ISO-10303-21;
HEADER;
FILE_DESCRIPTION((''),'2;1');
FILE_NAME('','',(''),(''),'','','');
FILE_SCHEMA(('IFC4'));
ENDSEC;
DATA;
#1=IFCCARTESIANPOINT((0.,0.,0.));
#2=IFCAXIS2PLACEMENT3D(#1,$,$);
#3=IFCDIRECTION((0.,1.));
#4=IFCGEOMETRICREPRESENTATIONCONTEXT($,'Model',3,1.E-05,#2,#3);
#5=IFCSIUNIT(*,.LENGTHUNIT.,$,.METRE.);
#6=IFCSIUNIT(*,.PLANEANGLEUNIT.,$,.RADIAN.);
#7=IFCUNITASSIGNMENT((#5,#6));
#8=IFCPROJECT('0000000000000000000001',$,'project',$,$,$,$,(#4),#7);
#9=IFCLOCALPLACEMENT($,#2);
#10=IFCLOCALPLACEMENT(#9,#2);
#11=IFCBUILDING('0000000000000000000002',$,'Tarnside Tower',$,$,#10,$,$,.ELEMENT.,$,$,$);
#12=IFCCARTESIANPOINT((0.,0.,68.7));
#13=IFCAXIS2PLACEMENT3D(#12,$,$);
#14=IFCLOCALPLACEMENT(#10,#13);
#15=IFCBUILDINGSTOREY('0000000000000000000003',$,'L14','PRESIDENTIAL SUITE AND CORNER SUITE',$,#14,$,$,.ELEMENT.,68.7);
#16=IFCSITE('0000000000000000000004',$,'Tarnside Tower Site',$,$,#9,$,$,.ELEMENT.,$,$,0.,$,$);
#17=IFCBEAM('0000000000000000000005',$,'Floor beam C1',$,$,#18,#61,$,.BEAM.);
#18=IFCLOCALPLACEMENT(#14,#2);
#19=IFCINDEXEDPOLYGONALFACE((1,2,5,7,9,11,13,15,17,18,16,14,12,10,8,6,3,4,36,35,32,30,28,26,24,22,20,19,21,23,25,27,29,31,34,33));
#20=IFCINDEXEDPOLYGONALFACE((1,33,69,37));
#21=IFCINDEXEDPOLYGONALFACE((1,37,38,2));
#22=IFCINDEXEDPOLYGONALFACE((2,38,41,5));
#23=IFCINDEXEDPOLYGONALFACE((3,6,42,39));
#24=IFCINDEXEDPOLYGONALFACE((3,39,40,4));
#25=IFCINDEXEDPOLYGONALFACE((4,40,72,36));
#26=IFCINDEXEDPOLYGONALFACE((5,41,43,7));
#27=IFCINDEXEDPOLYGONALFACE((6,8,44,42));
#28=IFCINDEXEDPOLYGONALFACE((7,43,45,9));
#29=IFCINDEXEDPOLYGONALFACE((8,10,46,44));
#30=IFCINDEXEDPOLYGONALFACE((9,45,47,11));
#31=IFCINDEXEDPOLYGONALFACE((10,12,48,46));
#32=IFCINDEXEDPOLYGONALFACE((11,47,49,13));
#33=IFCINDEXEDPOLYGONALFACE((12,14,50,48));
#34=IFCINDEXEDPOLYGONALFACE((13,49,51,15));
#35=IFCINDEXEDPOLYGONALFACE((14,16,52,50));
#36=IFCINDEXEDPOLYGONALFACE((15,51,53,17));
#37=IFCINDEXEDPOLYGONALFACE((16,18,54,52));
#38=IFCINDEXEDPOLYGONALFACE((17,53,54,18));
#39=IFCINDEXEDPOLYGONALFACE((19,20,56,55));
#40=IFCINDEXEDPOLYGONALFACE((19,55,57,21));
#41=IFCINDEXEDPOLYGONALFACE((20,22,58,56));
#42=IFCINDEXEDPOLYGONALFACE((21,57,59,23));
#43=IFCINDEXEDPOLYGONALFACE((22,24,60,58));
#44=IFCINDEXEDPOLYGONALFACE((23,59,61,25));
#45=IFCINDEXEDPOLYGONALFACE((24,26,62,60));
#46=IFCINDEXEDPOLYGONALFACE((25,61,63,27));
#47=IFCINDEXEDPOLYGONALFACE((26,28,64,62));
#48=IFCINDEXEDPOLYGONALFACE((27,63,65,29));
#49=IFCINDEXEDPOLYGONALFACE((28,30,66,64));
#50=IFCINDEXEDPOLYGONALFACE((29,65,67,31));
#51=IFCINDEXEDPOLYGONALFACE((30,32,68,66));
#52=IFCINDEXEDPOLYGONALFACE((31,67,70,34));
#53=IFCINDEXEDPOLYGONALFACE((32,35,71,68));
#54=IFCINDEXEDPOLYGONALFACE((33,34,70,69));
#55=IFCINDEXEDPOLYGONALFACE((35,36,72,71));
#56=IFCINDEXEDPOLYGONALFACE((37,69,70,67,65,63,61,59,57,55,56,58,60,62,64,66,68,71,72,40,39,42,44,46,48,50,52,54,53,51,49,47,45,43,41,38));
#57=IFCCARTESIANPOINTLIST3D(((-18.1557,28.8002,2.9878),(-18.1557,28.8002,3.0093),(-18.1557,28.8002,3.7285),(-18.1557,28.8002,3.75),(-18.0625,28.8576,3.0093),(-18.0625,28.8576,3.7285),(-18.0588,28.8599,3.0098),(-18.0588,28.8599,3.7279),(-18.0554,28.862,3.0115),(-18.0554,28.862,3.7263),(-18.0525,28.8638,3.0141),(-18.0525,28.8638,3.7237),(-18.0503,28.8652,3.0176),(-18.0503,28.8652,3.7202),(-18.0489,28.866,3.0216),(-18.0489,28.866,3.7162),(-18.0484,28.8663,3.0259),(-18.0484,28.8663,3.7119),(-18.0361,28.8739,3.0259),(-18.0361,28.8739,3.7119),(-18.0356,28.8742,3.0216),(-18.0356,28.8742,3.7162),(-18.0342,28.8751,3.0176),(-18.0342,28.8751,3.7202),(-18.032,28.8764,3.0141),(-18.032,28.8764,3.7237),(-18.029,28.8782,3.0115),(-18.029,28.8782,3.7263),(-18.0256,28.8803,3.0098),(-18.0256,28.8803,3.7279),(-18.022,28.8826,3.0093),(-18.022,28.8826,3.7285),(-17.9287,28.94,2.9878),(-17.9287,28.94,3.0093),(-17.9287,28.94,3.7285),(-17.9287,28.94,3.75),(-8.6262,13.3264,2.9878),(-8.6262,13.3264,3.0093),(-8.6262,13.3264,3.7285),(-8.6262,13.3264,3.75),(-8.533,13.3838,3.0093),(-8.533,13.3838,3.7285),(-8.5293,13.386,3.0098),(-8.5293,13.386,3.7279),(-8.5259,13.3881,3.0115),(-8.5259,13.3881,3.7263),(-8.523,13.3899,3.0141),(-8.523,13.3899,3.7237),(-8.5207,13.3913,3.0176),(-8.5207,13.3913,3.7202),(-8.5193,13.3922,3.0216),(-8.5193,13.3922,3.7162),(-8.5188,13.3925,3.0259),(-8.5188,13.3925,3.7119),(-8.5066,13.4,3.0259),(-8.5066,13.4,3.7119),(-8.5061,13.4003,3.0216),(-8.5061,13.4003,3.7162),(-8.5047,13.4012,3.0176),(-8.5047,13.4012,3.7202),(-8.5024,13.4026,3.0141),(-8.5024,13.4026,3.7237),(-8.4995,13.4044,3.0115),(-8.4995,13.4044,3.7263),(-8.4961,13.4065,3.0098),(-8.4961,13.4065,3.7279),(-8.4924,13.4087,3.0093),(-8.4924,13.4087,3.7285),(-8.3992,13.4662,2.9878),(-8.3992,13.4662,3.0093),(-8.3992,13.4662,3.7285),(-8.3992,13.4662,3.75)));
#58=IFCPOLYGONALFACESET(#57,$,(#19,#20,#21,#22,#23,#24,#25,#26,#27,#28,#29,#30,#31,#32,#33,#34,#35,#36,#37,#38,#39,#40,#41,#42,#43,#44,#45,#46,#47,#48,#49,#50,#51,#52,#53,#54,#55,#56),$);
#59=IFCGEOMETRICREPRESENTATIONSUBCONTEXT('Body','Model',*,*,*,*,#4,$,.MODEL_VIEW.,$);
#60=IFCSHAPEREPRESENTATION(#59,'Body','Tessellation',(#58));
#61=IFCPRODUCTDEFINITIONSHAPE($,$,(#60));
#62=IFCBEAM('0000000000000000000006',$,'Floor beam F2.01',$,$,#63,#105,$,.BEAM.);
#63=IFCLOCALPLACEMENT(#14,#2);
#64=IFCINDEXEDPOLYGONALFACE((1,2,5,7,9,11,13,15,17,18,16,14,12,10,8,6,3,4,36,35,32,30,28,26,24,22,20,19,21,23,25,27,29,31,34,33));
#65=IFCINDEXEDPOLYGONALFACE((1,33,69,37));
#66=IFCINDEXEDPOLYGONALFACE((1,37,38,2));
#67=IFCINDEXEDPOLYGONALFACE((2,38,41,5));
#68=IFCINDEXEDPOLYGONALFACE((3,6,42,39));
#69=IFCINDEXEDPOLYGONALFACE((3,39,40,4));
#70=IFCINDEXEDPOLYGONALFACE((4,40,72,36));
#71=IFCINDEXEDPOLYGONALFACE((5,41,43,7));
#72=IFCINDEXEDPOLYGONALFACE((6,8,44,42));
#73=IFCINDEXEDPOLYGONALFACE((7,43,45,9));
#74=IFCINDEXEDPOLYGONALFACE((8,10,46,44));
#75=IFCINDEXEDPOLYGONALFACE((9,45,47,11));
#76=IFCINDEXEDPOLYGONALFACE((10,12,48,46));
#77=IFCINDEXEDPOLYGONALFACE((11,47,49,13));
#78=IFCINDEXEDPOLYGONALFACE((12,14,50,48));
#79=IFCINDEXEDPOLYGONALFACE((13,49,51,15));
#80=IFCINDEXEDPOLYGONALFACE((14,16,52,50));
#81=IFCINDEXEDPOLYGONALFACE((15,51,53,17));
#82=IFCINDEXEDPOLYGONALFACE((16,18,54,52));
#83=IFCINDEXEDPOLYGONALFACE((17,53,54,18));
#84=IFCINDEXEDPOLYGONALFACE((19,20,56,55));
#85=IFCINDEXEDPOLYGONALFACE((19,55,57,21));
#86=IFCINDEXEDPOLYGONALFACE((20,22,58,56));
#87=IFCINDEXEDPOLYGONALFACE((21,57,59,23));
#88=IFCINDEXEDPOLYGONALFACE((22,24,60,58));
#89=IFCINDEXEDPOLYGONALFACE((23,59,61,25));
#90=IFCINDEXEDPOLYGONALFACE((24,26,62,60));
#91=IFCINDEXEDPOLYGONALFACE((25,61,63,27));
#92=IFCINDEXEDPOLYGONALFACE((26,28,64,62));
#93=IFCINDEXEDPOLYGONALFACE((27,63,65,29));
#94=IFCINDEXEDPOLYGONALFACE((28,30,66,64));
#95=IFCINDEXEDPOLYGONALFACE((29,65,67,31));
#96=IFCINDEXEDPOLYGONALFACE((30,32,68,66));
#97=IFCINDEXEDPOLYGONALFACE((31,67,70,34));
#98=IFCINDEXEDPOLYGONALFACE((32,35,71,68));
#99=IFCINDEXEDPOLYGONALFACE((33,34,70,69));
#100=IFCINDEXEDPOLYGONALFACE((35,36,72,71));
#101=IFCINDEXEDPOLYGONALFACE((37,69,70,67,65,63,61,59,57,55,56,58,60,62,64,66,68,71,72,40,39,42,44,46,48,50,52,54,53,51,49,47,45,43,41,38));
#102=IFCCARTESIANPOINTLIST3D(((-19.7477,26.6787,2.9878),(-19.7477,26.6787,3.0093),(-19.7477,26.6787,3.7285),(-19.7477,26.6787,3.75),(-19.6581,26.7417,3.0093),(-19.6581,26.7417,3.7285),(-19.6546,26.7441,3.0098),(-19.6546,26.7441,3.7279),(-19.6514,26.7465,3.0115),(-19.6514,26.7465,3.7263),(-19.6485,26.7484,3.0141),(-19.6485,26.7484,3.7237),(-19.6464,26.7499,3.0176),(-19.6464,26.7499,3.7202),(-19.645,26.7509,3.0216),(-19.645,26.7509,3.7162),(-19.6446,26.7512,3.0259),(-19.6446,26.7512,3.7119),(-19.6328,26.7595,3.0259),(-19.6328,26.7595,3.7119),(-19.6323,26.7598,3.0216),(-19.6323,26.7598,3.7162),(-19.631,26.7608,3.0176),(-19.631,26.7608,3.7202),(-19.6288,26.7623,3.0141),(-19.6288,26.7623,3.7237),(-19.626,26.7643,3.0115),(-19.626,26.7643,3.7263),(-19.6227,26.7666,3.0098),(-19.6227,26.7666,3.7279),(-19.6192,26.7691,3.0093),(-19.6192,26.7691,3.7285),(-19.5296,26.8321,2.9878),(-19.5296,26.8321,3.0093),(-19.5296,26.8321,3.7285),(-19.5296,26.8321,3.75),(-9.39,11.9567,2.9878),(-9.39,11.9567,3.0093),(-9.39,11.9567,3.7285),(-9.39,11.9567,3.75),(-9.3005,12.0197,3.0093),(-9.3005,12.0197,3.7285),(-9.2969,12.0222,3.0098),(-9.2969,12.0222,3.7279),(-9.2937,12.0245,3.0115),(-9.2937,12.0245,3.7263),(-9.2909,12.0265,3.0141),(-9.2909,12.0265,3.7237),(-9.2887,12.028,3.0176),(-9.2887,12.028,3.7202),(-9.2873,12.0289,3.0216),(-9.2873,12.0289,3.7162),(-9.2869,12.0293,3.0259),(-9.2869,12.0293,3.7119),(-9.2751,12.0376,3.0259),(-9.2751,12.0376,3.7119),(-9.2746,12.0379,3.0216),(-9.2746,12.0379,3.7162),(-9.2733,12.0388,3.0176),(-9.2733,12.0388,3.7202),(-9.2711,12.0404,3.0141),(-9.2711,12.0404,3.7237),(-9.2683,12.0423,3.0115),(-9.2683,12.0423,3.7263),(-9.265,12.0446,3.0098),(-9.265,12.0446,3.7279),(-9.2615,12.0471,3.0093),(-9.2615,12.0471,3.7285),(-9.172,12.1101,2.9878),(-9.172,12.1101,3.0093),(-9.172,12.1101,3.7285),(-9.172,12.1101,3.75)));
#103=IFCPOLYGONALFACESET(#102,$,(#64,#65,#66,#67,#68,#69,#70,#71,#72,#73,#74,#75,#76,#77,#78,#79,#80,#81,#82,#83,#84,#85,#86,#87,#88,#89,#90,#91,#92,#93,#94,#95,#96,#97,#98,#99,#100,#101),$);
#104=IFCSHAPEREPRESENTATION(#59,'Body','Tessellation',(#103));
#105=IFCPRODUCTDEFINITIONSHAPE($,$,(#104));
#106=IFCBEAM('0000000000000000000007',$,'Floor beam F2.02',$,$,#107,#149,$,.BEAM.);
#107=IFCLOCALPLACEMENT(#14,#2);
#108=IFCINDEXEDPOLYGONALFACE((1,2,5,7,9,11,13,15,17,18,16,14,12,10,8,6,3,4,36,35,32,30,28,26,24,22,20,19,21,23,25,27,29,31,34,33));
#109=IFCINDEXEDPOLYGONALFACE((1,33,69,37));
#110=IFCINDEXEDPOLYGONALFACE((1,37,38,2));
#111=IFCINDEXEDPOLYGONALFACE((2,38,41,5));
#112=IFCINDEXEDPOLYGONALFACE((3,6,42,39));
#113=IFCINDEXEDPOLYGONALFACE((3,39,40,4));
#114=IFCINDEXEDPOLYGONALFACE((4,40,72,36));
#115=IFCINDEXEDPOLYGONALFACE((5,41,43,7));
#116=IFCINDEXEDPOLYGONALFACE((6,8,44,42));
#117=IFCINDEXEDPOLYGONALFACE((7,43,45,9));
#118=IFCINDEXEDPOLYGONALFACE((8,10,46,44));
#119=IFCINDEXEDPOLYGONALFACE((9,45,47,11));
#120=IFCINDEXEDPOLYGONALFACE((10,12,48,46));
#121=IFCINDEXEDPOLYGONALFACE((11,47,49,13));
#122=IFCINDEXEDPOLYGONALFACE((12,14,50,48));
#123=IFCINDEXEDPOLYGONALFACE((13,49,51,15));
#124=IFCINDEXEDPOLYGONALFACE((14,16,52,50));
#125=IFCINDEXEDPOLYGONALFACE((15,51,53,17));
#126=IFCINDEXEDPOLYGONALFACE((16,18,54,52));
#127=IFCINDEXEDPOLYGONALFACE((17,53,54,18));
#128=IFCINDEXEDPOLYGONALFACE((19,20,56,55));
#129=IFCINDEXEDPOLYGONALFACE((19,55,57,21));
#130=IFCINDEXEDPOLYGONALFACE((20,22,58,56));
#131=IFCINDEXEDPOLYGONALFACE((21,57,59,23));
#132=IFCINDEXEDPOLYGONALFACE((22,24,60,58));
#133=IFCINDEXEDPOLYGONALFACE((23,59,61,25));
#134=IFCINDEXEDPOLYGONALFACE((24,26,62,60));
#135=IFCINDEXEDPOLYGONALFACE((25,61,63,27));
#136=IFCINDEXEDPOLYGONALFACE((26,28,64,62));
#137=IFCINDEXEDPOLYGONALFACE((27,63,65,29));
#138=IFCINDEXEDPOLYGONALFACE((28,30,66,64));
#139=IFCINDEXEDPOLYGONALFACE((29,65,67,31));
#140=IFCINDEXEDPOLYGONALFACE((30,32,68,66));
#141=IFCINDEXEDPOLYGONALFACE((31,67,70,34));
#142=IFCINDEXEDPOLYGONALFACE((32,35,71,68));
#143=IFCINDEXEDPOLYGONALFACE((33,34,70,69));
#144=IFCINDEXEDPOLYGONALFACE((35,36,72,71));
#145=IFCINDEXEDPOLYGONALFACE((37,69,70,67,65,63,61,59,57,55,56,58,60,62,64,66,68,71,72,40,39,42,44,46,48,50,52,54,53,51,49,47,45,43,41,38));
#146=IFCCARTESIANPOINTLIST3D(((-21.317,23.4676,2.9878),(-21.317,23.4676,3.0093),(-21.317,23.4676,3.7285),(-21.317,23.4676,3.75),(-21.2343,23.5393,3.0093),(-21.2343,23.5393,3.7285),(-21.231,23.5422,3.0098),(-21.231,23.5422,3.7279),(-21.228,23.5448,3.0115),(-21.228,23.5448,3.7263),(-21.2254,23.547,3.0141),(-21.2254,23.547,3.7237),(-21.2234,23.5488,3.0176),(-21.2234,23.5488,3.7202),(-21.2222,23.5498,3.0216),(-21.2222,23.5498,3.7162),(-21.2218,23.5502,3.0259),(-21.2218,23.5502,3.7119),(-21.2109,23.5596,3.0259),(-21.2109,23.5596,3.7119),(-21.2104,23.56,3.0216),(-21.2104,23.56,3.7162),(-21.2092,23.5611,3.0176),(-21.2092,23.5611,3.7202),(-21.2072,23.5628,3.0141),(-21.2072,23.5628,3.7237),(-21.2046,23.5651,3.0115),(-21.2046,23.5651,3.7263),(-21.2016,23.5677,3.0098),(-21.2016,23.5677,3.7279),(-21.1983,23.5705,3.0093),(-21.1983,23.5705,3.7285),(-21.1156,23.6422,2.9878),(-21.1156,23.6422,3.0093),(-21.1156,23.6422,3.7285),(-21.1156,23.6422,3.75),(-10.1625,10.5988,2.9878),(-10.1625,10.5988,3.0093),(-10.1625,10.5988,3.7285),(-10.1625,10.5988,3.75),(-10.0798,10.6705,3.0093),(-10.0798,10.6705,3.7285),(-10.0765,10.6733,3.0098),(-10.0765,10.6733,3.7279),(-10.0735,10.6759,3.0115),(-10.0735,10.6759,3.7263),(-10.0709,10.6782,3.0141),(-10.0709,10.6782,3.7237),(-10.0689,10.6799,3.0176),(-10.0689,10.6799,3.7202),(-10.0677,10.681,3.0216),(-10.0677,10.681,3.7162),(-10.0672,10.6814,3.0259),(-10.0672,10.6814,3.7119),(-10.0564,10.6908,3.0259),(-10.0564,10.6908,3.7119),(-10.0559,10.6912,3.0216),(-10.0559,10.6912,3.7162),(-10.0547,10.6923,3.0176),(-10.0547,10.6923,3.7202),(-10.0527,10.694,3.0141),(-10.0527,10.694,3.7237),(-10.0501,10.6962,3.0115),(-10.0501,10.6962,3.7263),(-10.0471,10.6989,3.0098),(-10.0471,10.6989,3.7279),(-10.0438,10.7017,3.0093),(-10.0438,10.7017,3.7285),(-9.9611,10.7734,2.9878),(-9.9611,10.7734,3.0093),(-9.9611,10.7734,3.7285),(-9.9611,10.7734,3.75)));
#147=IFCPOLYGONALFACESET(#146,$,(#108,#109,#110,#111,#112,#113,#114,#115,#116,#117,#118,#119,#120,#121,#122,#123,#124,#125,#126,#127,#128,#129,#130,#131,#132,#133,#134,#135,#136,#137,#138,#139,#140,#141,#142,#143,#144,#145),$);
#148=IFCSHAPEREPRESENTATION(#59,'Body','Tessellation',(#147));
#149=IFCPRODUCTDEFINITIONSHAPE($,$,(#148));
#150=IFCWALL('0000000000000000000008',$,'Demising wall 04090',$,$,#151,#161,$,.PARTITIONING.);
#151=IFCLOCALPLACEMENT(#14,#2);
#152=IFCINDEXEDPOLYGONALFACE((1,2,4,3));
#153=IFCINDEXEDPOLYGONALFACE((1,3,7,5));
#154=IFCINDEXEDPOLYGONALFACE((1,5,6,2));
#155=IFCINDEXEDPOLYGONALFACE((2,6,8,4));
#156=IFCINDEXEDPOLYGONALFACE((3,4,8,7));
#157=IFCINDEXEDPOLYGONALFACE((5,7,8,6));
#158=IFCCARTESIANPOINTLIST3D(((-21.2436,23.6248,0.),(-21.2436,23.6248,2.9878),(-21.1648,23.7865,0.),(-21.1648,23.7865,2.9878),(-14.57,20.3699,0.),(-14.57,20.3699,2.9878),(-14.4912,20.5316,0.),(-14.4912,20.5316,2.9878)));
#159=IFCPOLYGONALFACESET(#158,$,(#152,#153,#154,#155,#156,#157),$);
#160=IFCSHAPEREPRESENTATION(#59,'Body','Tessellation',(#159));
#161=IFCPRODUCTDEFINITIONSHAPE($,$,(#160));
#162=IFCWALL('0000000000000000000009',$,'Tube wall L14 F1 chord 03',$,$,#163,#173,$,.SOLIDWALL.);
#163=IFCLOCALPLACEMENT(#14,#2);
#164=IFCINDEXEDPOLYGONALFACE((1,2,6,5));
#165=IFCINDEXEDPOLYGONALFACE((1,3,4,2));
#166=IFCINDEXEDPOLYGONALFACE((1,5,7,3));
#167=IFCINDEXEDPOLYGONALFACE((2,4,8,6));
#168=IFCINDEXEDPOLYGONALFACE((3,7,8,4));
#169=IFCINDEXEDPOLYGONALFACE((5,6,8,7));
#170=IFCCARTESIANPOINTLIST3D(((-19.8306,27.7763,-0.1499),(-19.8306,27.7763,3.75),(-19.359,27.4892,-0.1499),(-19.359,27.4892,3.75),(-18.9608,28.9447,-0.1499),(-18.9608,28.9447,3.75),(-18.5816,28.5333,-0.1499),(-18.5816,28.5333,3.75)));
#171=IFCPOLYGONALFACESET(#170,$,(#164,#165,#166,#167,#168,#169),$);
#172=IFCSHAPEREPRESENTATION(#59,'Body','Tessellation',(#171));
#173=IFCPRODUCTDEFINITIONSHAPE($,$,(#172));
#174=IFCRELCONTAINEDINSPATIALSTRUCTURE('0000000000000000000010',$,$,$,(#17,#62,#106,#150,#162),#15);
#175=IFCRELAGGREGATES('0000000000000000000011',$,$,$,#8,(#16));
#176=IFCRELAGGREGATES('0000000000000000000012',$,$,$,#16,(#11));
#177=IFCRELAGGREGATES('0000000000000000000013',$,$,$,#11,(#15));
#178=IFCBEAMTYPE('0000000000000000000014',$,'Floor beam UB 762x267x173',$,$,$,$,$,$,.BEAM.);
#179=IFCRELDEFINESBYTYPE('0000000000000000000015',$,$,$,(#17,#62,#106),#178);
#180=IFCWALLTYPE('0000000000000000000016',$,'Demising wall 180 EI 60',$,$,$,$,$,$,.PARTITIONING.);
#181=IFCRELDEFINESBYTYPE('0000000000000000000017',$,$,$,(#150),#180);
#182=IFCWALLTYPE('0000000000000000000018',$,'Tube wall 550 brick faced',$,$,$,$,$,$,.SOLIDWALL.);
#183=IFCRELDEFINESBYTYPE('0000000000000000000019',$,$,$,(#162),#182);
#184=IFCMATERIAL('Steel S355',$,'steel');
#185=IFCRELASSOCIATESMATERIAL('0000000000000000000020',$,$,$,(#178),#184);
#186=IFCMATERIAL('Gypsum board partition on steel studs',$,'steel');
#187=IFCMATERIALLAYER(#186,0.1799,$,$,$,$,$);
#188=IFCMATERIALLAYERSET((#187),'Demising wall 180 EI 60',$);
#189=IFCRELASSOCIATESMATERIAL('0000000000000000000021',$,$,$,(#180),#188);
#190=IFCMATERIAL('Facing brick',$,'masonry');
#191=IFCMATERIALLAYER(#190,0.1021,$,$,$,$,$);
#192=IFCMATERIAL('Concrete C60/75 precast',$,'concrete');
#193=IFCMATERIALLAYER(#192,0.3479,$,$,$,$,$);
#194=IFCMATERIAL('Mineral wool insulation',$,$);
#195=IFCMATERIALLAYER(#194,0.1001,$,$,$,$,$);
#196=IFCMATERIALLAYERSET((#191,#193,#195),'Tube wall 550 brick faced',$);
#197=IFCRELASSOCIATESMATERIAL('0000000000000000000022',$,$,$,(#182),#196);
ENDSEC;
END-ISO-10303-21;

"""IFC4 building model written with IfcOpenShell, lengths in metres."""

from ifc_helpers import new_model, si_unit, direction, frame, frame_2d, origin, origin_2d, place, context, subcontext, project, spatial, polyline, rectangle, i_section, outline, extrude, material, layer, layer_set, material_profile, profile_set, type_object, element, save


model = new_model("IFC4")

# Units and contexts
model_context = context("Model", 3, precision=1e-05, world=origin(), true_north=direction((0.0, 1.0)))
body_context = subcontext(model_context, "Body", "Model", "MODEL_VIEW")
ifc_project = project(units=[si_unit("LENGTHUNIT", "METRE"), si_unit("PLANEANGLEUNIT", "RADIAN")], contexts=[model_context])

# Site, building, storey
site_placement = place(None, origin())
site = spatial("IfcSite", under=ifc_project, at=site_placement, Name="Tarnside Tower Site", CompositionType="ELEMENT", RefElevation=0.0)
building_placement = place(site_placement, origin())
building = spatial("IfcBuilding", under=site, at=building_placement, Name="Tarnside Tower", CompositionType="ELEMENT")
storey_placement = place(building_placement, frame((0.0, 0.0, 68.7)))
storey = spatial("IfcBuildingStorey", under=building, at=storey_placement, Name="L14", Description="PRESIDENTIAL SUITE AND CORNER SUITE", CompositionType="ELEMENT", Elevation=68.7)

# Beams
ifc_material_1 = material(Name="Steel S355", Category="steel")
ifc_material_profile = material_profile(ifc_material_1, i_section(OverallWidth=0.2666, OverallDepth=0.7622, WebThickness=0.0144, FlangeThickness=0.0215, FilletRadius=0.0166, at=origin_2d()), Name="UB 762x267x173")
ifc_profile_set = profile_set([ifc_material_profile], Name="Steel S355")
beam_type = type_object("IfcBeamType", Name="Floor beam UB 762x267x173", PredefinedType="BEAM", material=ifc_profile_set)
beam_1_placement = place(storey_placement, frame((-18.0422, 28.8701, 3.3689), z_axis=(0.524383, -0.851483, 0.0), x_axis=(0.851483, 0.524383, 0.0)))
element("IfcBeam", 1, at=beam_1_placement, inside=storey, type_object=beam_type, Name="Floor beam C1", PredefinedType="BEAM", context=body_context, shape_type="SweptSolid", body=[
    extrude(i_section(OverallWidth=0.2666, OverallDepth=0.7622, WebThickness=0.0144, FlangeThickness=0.0215, FilletRadius=0.0166, at=origin_2d()), origin(), (0.0, 0.0, 1.0), 18.1729),
])
beam_2_placement = place(storey_placement, frame((-19.6387, 26.7554, 3.3689), z_axis=(0.575411, -0.817864, 0.0), x_axis=(0.817864, 0.575411, 0.0)))
element("IfcBeam", 2, at=beam_2_placement, inside=storey, type_object=beam_type, Name="Floor beam F2.01", PredefinedType="BEAM", context=body_context, shape_type="SweptSolid", body=[
    extrude(i_section(OverallWidth=0.2666, OverallDepth=0.7622, WebThickness=0.0144, FlangeThickness=0.0215, FilletRadius=0.0166, at=origin_2d()), origin(), (0.0, 0.0, 1.0), 18.0005),
])
beam_3_placement = place(storey_placement, frame((-21.2163, 23.5549, 3.3689), z_axis=(0.654981, -0.755646, 0.0), x_axis=(0.755646, 0.654981, 0.0)))
element("IfcBeam", 3, at=beam_3_placement, inside=storey, type_object=beam_type, Name="Floor beam F2.02", PredefinedType="BEAM", context=body_context, shape_type="SweptSolid", body=[
    extrude(i_section(OverallWidth=0.2666, OverallDepth=0.7622, WebThickness=0.0144, FlangeThickness=0.0215, FilletRadius=0.0166, at=origin_2d()), origin(), (0.0, 0.0, 1.0), 17.0303),
])

# Walls
ifc_material_2 = material(Name="Gypsum board partition on steel studs", Category="steel")
ifc_layer_1 = layer(ifc_material_2, 0.1799)
ifc_layer_set_1 = layer_set([ifc_layer_1], Name="Demising wall 180 EI 60")
wall_type_1 = type_object("IfcWallType", Name="Demising wall 180 EI 60", PredefinedType="PARTITIONING", material=ifc_layer_set_1)
wall_1_placement = place(storey_placement, frame((-21.2041, 23.7056, 0.0), z_axis=(0.0, 0.0, 1.0), x_axis=(0.898796, -0.438367, 0.0)))
element("IfcWall", 4, at=wall_1_placement, inside=storey, type_object=wall_type_1, Name="Demising wall 04090", PredefinedType="PARTITIONING", context=body_context, shape_type="SweptSolid", body=[
    extrude(rectangle(XDim=7.425, YDim=0.1799, at=frame_2d((3.7124, 0.0))), origin(), (0.0, 0.0, 1.0), 2.9878),
])
ifc_material_3 = material(Name="Facing brick", Category="masonry")
ifc_layer_2 = layer(ifc_material_3, 0.1021)
ifc_material_4 = material(Name="Concrete C60/75 precast", Category="concrete")
ifc_layer_3 = layer(ifc_material_4, 0.3479)
ifc_material_5 = material(Name="Mineral wool insulation")
ifc_layer_4 = layer(ifc_material_5, 0.1001)
ifc_layer_set_2 = layer_set([ifc_layer_2, ifc_layer_3, ifc_layer_4], Name="Tube wall 550 brick faced")
wall_type_2 = type_object("IfcWallType", Name="Tube wall 550 brick faced", PredefinedType="SOLIDWALL", material=ifc_layer_set_2)
wall_2_placement = place(storey_placement, frame((-18.7712, 28.739, -0.1499), z_axis=(0.0, 0.0, 1.0), x_axis=(-0.597135, -0.802141, 0.0)))
element("IfcWall", 5, at=wall_2_placement, inside=storey, type_object=wall_type_2, Name="Tube wall L14 F1 chord 03", PredefinedType="SOLIDWALL", context=body_context, shape_type="SweptSolid", body=[
    extrude(outline(polyline([(-0.0518, -0.2749), (1.4048, -0.2749), (1.3535, 0.2749), (0.0518, 0.2749), (-0.0518, -0.2749)])), origin(), (0.0, 0.0, 1.0), 3.8999),
])

save(model, "model.ifc")
